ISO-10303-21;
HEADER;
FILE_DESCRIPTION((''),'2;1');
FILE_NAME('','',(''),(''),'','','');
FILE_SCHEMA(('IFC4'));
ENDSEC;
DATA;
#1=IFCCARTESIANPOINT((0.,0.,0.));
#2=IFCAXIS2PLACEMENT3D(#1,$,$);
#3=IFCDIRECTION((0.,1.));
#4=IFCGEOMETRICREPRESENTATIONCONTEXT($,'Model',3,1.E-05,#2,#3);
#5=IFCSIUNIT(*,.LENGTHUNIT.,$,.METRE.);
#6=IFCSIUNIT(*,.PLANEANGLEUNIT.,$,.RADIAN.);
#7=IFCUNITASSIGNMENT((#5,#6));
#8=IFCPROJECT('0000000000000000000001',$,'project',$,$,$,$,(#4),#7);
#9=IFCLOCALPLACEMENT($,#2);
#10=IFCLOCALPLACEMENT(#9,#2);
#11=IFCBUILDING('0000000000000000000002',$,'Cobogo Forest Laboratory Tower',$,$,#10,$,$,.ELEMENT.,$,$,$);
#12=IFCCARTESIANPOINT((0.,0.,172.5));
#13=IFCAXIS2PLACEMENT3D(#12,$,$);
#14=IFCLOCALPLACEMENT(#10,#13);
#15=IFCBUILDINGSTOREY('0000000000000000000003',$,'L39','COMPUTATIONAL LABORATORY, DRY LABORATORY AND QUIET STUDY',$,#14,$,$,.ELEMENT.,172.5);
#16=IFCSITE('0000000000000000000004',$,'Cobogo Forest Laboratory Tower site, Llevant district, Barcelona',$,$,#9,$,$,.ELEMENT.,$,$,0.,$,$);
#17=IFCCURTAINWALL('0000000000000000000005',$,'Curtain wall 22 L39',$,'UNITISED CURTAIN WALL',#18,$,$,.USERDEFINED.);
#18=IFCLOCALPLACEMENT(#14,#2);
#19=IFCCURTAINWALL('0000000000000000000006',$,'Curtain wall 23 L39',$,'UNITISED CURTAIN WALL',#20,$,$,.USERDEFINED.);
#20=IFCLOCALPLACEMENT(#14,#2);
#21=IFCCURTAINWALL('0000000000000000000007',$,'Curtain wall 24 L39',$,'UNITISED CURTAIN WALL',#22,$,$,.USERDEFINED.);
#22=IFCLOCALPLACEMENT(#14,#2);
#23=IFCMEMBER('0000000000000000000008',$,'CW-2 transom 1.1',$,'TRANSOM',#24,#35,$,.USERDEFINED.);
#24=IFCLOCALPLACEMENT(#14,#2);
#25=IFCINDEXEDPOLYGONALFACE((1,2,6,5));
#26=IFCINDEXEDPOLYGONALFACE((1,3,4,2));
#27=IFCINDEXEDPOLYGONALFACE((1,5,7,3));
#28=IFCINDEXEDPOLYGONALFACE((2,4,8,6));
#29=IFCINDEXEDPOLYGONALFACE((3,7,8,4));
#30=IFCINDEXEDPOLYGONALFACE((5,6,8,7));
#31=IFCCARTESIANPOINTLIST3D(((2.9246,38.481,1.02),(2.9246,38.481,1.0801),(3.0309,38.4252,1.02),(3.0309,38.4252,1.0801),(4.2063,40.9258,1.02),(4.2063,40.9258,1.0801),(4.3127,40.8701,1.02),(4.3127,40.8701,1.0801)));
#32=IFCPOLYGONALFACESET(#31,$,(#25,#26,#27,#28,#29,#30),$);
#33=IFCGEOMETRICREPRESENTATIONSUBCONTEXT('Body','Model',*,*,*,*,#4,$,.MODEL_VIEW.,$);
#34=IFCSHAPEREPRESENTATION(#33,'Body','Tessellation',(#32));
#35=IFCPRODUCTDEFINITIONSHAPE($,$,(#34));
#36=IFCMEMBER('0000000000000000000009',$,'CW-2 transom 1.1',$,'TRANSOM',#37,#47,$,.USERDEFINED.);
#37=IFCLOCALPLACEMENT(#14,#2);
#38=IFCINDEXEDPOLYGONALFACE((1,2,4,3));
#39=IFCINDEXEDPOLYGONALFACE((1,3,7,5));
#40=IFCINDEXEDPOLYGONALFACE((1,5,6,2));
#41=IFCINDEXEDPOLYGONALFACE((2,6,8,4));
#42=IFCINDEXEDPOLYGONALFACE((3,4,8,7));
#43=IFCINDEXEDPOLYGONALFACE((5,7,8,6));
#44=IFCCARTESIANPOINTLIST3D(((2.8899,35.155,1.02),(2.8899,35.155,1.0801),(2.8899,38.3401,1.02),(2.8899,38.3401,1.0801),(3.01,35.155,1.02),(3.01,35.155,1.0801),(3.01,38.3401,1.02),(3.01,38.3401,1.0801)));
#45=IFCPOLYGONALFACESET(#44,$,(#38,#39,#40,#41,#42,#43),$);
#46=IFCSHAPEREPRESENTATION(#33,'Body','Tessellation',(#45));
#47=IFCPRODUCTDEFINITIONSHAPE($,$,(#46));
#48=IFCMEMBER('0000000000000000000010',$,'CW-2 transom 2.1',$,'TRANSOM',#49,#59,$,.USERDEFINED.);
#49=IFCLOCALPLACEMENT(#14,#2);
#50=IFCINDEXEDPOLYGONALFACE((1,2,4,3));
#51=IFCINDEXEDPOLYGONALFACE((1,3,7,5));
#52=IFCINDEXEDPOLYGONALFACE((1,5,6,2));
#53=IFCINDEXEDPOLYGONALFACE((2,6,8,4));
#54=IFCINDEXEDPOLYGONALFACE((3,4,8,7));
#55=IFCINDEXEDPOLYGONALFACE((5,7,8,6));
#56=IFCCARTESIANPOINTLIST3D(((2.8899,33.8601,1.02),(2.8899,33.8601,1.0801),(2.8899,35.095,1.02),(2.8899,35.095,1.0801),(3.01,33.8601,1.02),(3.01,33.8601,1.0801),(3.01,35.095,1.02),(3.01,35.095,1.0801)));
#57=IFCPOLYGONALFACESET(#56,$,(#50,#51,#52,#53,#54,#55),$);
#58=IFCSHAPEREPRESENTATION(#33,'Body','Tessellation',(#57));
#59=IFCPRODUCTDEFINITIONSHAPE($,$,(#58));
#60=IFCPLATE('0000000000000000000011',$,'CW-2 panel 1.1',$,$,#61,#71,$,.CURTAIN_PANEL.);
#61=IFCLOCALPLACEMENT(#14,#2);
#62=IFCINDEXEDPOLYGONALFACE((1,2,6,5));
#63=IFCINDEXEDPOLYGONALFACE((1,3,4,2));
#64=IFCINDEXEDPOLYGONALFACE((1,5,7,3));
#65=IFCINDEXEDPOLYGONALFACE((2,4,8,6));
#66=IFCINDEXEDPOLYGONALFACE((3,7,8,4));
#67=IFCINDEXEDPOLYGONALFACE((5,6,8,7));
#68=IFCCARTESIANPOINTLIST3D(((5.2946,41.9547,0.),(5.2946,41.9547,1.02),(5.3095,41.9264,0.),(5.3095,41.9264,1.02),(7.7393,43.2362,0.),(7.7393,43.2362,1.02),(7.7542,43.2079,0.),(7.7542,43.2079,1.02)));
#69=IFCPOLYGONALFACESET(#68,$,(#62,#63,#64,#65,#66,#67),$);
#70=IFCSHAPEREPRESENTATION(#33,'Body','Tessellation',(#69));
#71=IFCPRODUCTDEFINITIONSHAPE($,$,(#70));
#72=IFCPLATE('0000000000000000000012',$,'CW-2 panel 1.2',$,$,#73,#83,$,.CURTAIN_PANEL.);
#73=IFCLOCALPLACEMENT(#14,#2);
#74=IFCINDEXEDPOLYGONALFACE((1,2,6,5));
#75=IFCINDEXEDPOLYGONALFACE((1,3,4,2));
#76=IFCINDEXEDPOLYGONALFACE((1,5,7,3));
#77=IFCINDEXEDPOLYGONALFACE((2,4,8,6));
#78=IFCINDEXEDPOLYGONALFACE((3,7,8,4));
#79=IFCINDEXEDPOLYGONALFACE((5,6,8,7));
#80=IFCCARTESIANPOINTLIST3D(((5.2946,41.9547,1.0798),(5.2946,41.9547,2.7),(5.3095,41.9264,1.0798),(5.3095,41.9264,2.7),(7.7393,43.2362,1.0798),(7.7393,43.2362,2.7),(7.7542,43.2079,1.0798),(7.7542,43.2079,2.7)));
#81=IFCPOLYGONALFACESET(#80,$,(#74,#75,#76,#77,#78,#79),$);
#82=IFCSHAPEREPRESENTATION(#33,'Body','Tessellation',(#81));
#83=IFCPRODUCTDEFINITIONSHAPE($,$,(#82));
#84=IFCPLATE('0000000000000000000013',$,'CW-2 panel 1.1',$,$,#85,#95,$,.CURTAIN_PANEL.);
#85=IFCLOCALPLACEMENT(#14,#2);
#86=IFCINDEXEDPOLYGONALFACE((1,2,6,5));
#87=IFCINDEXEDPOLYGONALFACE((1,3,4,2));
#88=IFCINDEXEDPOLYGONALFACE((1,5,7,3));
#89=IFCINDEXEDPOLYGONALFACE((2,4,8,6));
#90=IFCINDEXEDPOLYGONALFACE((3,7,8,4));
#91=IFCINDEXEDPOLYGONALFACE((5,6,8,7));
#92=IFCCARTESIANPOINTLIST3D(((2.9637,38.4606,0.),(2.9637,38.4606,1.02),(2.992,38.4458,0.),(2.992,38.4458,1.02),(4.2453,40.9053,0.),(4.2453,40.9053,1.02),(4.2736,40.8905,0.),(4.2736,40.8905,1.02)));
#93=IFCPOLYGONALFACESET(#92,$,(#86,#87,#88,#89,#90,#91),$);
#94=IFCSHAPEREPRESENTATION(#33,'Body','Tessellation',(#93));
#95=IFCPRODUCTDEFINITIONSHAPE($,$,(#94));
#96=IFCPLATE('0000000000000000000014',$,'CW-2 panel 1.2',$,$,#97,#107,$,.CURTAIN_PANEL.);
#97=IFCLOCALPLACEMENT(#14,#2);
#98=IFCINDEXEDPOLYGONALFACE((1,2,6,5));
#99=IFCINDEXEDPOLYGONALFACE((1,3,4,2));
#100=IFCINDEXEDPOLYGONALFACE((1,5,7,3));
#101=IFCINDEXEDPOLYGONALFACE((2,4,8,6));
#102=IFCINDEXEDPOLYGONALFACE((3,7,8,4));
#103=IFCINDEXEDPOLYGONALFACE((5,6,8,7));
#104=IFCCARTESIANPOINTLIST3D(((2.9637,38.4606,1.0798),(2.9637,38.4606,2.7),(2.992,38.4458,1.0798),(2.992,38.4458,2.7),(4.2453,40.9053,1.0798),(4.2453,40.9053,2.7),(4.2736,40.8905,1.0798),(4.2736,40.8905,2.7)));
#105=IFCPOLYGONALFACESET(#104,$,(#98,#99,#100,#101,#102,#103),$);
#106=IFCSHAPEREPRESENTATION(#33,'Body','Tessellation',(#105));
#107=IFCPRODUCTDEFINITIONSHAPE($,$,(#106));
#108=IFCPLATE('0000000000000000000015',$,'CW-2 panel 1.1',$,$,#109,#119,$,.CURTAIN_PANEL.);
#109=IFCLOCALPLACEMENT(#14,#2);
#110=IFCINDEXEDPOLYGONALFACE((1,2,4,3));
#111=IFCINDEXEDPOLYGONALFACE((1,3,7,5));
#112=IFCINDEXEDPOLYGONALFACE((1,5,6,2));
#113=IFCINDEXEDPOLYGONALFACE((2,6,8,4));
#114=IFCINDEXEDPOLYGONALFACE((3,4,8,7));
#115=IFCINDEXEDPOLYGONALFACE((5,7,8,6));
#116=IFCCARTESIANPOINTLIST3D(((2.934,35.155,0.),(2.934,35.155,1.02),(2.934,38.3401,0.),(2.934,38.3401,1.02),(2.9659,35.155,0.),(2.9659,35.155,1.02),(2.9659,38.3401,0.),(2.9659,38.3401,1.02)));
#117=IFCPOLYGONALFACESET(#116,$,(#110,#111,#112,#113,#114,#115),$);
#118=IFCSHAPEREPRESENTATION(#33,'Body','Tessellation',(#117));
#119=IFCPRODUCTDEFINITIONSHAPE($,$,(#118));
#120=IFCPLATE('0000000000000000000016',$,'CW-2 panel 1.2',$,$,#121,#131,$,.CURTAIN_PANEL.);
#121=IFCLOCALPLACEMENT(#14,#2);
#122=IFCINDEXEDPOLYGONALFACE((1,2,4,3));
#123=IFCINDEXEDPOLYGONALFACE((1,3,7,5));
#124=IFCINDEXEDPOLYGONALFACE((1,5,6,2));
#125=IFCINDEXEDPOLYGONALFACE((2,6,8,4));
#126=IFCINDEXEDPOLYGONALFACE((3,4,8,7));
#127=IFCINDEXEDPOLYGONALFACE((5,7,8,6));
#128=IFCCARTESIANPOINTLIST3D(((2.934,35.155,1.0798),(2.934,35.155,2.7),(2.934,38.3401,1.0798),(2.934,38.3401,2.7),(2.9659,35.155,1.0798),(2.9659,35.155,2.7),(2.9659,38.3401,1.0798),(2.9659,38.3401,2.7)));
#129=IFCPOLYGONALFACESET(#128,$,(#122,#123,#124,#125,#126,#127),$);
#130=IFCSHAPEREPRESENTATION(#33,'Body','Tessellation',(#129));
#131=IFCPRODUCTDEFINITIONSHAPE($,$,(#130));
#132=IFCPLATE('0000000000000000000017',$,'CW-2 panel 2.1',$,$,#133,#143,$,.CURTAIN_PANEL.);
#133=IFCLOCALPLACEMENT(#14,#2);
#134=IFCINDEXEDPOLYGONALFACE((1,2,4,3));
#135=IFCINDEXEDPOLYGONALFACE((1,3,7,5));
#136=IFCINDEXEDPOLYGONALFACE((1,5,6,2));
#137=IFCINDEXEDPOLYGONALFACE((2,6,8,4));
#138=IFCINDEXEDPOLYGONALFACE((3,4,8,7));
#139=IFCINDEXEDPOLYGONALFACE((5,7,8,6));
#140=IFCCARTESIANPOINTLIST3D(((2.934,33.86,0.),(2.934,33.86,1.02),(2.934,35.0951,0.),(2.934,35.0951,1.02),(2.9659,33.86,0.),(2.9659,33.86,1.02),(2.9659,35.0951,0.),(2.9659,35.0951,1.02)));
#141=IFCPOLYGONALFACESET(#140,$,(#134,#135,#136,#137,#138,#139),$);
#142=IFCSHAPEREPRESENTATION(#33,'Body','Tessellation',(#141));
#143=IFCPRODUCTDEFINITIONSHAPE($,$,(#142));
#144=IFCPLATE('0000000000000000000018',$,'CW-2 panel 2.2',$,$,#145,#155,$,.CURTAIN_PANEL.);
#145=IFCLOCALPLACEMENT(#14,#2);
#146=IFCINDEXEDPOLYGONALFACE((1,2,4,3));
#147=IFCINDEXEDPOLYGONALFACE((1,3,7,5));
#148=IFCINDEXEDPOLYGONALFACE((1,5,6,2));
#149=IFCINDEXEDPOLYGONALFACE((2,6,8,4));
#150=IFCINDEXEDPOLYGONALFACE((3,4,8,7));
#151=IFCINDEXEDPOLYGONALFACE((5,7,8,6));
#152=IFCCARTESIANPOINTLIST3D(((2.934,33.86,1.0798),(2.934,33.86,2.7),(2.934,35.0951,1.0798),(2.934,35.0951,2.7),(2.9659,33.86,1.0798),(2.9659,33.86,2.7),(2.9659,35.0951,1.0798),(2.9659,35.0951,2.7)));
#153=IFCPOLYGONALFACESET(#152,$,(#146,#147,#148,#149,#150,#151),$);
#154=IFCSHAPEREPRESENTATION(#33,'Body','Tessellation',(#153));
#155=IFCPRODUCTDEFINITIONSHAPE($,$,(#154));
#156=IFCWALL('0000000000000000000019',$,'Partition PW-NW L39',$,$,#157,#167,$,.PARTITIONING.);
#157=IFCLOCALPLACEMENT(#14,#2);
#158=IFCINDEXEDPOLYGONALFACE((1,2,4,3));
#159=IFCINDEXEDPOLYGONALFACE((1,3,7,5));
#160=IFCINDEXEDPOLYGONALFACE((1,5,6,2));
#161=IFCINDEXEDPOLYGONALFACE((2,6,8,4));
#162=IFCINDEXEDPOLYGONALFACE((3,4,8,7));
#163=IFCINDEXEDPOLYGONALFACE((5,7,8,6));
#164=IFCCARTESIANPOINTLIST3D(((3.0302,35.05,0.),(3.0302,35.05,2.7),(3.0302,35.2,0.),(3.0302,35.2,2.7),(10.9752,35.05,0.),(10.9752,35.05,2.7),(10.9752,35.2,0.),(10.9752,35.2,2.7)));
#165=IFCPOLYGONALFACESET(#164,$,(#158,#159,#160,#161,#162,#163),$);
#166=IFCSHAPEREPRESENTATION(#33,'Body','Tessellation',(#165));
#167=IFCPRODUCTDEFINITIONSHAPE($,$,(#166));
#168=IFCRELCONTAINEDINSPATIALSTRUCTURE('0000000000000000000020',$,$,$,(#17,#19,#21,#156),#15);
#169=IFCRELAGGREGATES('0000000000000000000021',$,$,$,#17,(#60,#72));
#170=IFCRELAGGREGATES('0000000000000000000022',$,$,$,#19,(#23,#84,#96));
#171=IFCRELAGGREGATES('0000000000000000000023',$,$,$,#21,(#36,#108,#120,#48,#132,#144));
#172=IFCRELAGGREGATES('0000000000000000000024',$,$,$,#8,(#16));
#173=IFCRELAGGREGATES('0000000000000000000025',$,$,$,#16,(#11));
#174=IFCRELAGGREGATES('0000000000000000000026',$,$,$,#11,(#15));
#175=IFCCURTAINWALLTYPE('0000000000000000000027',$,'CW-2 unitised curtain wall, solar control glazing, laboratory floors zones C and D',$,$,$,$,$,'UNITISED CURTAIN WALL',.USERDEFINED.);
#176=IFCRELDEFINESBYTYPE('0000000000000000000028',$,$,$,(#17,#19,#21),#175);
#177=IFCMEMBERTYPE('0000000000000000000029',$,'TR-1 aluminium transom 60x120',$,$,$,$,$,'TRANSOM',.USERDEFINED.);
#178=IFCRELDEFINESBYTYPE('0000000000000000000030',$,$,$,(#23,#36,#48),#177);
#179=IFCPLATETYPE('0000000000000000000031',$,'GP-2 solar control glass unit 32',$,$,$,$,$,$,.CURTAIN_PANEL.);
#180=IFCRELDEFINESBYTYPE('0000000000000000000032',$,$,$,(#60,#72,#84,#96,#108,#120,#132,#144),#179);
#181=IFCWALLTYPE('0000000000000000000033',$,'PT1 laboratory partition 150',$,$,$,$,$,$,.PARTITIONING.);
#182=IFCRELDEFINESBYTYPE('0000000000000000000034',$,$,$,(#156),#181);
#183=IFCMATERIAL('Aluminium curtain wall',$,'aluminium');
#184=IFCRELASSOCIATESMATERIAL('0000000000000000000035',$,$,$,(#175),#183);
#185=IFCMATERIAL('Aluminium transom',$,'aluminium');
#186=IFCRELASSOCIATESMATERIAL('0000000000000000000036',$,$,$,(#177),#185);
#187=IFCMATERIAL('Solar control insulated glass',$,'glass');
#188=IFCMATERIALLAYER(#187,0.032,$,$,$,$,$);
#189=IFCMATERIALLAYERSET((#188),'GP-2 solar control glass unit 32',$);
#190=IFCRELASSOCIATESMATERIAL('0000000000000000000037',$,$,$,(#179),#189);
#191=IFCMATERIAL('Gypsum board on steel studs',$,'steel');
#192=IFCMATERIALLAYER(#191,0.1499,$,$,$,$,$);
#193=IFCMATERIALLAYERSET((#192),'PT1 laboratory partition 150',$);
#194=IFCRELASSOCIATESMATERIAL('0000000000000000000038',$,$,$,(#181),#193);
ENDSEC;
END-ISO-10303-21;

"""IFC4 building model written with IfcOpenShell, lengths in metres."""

from ifc_helpers import new_model, si_unit, direction, frame, frame_2d, origin, origin_2d, place, context, subcontext, project, spatial, rectangle, extrude, material, layer, layer_set, material_profile, profile_set, type_object, element, aggregate, save


model = new_model("IFC4")

# Units and contexts
model_context = context("Model", 3, precision=1e-05, world=origin(), true_north=direction((0.0, 1.0)))
body_context = subcontext(model_context, "Body", "Model", "MODEL_VIEW")
ifc_project = project(units=[si_unit("LENGTHUNIT", "METRE"), si_unit("PLANEANGLEUNIT", "RADIAN")], contexts=[model_context])

# Site, building, storey
site_placement = place(None, origin())
site = spatial("IfcSite", under=ifc_project, at=site_placement, Name="Cobogo Forest Laboratory Tower site, Llevant district, Barcelona", CompositionType="ELEMENT", RefElevation=0.0)
building_placement = place(site_placement, origin())
building = spatial("IfcBuilding", under=site, at=building_placement, Name="Cobogo Forest Laboratory Tower", CompositionType="ELEMENT")
storey_placement = place(building_placement, frame((0.0, 0.0, 172.5)))
storey = spatial("IfcBuildingStorey", under=building, at=storey_placement, Name="L39", Description="COMPUTATIONAL LABORATORY, DRY LABORATORY AND QUIET STUDY", CompositionType="ELEMENT", Elevation=172.5)

# Curtain wall
ifc_material_1 = material(Name="Aluminium curtain wall", Category="aluminium")
curtain_wall_type = type_object("IfcCurtainWallType", Name="CW-2 unitised curtain wall, solar control glazing, laboratory floors zones C and D", ElementType="UNITISED CURTAIN WALL", PredefinedType="USERDEFINED", material=ifc_material_1)
curtain_wall_1_placement = place(storey_placement, origin())
curtain_wall_1 = element("IfcCurtainWall", 1, at=curtain_wall_1_placement, inside=storey, type_object=curtain_wall_type, Name="Curtain wall 22 L39", ObjectType="UNITISED CURTAIN WALL", PredefinedType="USERDEFINED")

# Curtain walls
curtain_wall_2_placement = place(storey_placement, origin())
curtain_wall_2 = element("IfcCurtainWall", 2, at=curtain_wall_2_placement, inside=storey, type_object=curtain_wall_type, Name="Curtain wall 23 L39", ObjectType="UNITISED CURTAIN WALL", PredefinedType="USERDEFINED")
curtain_wall_3_placement = place(storey_placement, origin())
curtain_wall_3 = element("IfcCurtainWall", 3, at=curtain_wall_3_placement, inside=storey, type_object=curtain_wall_type, Name="Curtain wall 24 L39", ObjectType="UNITISED CURTAIN WALL", PredefinedType="USERDEFINED")

# Members
ifc_material_2 = material(Name="Aluminium transom", Category="aluminium")
ifc_material_profile_1 = material_profile(ifc_material_2, rectangle(XDim=0.1201, YDim=0.0601, at=origin_2d()), Name="AL 60x120")
ifc_profile_set_1 = profile_set([ifc_material_profile_1], Name="Aluminium transom")
member_type_1 = type_object("IfcMemberType", Name="TR-1 aluminium transom 60x120", ElementType="TRANSOM", PredefinedType="USERDEFINED", material=ifc_profile_set_1)
member_1_placement = place(storey_placement, frame((4.2595, 40.8979, 1.05), z_axis=(-0.464324, -0.885665, 0.0), x_axis=(0.885665, -0.464324, 0.0)))
member_1 = element("IfcMember", 4, at=member_1_placement, type_object=member_type_1, Name="CW-2 transom 1.1", ObjectType="TRANSOM", PredefinedType="USERDEFINED", context=body_context, shape_type="SweptSolid", body=[
    extrude(rectangle(XDim=0.1201, YDim=0.0601, at=origin_2d()), origin(), (0.0, 0.0, 1.0), 2.7605),
])
member_2_placement = place(storey_placement, frame((2.95, 38.3401, 1.05), z_axis=(0.0, -1.0, 0.0), x_axis=(1.0, 0.0, 0.0)))
member_2 = element("IfcMember", 5, at=member_2_placement, type_object=member_type_1, Name="CW-2 transom 1.1", ObjectType="TRANSOM", PredefinedType="USERDEFINED", context=body_context, shape_type="SweptSolid", body=[
    extrude(rectangle(XDim=0.1201, YDim=0.0601, at=origin_2d()), origin(), (0.0, 0.0, 1.0), 3.1851),
])
member_3_placement = place(storey_placement, frame((2.95, 35.095, 1.05), z_axis=(0.0, -1.0, 0.0), x_axis=(1.0, 0.0, 0.0)))
member_3 = element("IfcMember", 6, at=member_3_placement, type_object=member_type_1, Name="CW-2 transom 2.1", ObjectType="TRANSOM", PredefinedType="USERDEFINED", context=body_context, shape_type="SweptSolid", body=[
    extrude(rectangle(XDim=0.1201, YDim=0.0601, at=origin_2d()), origin(), (0.0, 0.0, 1.0), 1.2349),
])

# Plates
ifc_material_3 = material(Name="Solar control insulated glass", Category="glass")
ifc_layer_1 = layer(ifc_material_3, 0.032)
ifc_layer_set_1 = layer_set([ifc_layer_1], Name="GP-2 solar control glass unit 32")
plate_type = type_object("IfcPlateType", Name="GP-2 solar control glass unit 32", PredefinedType="CURTAIN_PANEL", material=ifc_layer_set_1)
plate_1_placement = place(storey_placement, frame((6.5244, 42.5813, 0.0), z_axis=(0.0, 0.0, 1.0), x_axis=(-0.885686, -0.464284, 0.0)))
plate_1 = element("IfcPlate", 7, at=plate_1_placement, type_object=plate_type, Name="CW-2 panel 1.1", PredefinedType="CURTAIN_PANEL", context=body_context, shape_type="SweptSolid", body=[
    extrude(rectangle(XDim=2.7603, YDim=0.032, at=origin_2d()), origin(), (0.0, 0.0, 1.0), 1.02),
])
plate_2_placement = place(storey_placement, frame((6.5244, 42.5813, 1.0798), z_axis=(0.0, 0.0, 1.0), x_axis=(-0.885686, -0.464284, 0.0)))
plate_2 = element("IfcPlate", 8, at=plate_2_placement, type_object=plate_type, Name="CW-2 panel 1.2", PredefinedType="CURTAIN_PANEL", context=body_context, shape_type="SweptSolid", body=[
    extrude(rectangle(XDim=2.7603, YDim=0.032, at=origin_2d()), origin(), (0.0, 0.0, 1.0), 1.6201),
])
aggregate(curtain_wall_1, [plate_1, plate_2])
plate_3_placement = place(storey_placement, frame((3.6187, 39.6755, 0.0), z_axis=(0.0, 0.0, 1.0), x_axis=(-0.464284, -0.885686, 0.0)))
plate_3 = element("IfcPlate", 9, at=plate_3_placement, type_object=plate_type, Name="CW-2 panel 1.1", PredefinedType="CURTAIN_PANEL", context=body_context, shape_type="SweptSolid", body=[
    extrude(rectangle(XDim=2.7603, YDim=0.032, at=origin_2d()), origin(), (0.0, 0.0, 1.0), 1.02),
])
plate_4_placement = place(storey_placement, frame((3.6187, 39.6755, 1.0798), z_axis=(0.0, 0.0, 1.0), x_axis=(-0.464284, -0.885686, 0.0)))
plate_4 = element("IfcPlate", 10, at=plate_4_placement, type_object=plate_type, Name="CW-2 panel 1.2", PredefinedType="CURTAIN_PANEL", context=body_context, shape_type="SweptSolid", body=[
    extrude(rectangle(XDim=2.7603, YDim=0.032, at=origin_2d()), origin(), (0.0, 0.0, 1.0), 1.6201),
])
aggregate(curtain_wall_2, [member_1, plate_3, plate_4])
plate_5_placement = place(storey_placement, frame((2.95, 36.7476, 0.0), z_axis=(0.0, 0.0, 1.0), x_axis=(0.0, -1.0, 0.0)))
plate_5 = element("IfcPlate", 11, at=plate_5_placement, type_object=plate_type, Name="CW-2 panel 1.1", PredefinedType="CURTAIN_PANEL", context=body_context, shape_type="SweptSolid", body=[
    extrude(rectangle(XDim=3.1851, YDim=0.032, at=origin_2d()), origin(), (0.0, 0.0, 1.0), 1.02),
])
plate_6_placement = place(storey_placement, frame((2.95, 36.7476, 1.0798), z_axis=(0.0, 0.0, 1.0), x_axis=(0.0, -1.0, 0.0)))
plate_6 = element("IfcPlate", 12, at=plate_6_placement, type_object=plate_type, Name="CW-2 panel 1.2", PredefinedType="CURTAIN_PANEL", context=body_context, shape_type="SweptSolid", body=[
    extrude(rectangle(XDim=3.1851, YDim=0.032, at=origin_2d()), origin(), (0.0, 0.0, 1.0), 1.6201),
])
plate_7_placement = place(storey_placement, frame((2.95, 34.4775, 0.0), z_axis=(0.0, 0.0, 1.0), x_axis=(0.0, -1.0, 0.0)))
plate_7 = element("IfcPlate", 13, at=plate_7_placement, type_object=plate_type, Name="CW-2 panel 2.1", PredefinedType="CURTAIN_PANEL", context=body_context, shape_type="SweptSolid", body=[
    extrude(rectangle(XDim=1.2351, YDim=0.032, at=origin_2d()), origin(), (0.0, 0.0, 1.0), 1.02),
])
plate_8_placement = place(storey_placement, frame((2.95, 34.4775, 1.0798), z_axis=(0.0, 0.0, 1.0), x_axis=(0.0, -1.0, 0.0)))
plate_8 = element("IfcPlate", 14, at=plate_8_placement, type_object=plate_type, Name="CW-2 panel 2.2", PredefinedType="CURTAIN_PANEL", context=body_context, shape_type="SweptSolid", body=[
    extrude(rectangle(XDim=1.2351, YDim=0.032, at=origin_2d()), origin(), (0.0, 0.0, 1.0), 1.6201),
])
aggregate(curtain_wall_3, [member_2, plate_5, plate_6, member_3, plate_7, plate_8])

# Wall
ifc_material_4 = material(Name="Gypsum board on steel studs", Category="steel")
ifc_layer_2 = layer(ifc_material_4, 0.1499)
ifc_layer_set_2 = layer_set([ifc_layer_2], Name="PT1 laboratory partition 150")
wall_type = type_object("IfcWallType", Name="PT1 laboratory partition 150", PredefinedType="PARTITIONING", material=ifc_layer_set_2)
wall_placement = place(storey_placement, frame((3.03, 35.125, 0.0), z_axis=(0.0, 0.0, 1.0), x_axis=(1.0, 0.0, 0.0)))
element("IfcWall", 15, at=wall_placement, inside=storey, type_object=wall_type, Name="Partition PW-NW L39", PredefinedType="PARTITIONING", context=body_context, shape_type="SweptSolid", body=[
    extrude(rectangle(XDim=7.9451, YDim=0.1499, at=frame_2d((3.9727, 0.0))), origin(), (0.0, 0.0, 1.0), 2.7),
])

save(model, "model.ifc")
